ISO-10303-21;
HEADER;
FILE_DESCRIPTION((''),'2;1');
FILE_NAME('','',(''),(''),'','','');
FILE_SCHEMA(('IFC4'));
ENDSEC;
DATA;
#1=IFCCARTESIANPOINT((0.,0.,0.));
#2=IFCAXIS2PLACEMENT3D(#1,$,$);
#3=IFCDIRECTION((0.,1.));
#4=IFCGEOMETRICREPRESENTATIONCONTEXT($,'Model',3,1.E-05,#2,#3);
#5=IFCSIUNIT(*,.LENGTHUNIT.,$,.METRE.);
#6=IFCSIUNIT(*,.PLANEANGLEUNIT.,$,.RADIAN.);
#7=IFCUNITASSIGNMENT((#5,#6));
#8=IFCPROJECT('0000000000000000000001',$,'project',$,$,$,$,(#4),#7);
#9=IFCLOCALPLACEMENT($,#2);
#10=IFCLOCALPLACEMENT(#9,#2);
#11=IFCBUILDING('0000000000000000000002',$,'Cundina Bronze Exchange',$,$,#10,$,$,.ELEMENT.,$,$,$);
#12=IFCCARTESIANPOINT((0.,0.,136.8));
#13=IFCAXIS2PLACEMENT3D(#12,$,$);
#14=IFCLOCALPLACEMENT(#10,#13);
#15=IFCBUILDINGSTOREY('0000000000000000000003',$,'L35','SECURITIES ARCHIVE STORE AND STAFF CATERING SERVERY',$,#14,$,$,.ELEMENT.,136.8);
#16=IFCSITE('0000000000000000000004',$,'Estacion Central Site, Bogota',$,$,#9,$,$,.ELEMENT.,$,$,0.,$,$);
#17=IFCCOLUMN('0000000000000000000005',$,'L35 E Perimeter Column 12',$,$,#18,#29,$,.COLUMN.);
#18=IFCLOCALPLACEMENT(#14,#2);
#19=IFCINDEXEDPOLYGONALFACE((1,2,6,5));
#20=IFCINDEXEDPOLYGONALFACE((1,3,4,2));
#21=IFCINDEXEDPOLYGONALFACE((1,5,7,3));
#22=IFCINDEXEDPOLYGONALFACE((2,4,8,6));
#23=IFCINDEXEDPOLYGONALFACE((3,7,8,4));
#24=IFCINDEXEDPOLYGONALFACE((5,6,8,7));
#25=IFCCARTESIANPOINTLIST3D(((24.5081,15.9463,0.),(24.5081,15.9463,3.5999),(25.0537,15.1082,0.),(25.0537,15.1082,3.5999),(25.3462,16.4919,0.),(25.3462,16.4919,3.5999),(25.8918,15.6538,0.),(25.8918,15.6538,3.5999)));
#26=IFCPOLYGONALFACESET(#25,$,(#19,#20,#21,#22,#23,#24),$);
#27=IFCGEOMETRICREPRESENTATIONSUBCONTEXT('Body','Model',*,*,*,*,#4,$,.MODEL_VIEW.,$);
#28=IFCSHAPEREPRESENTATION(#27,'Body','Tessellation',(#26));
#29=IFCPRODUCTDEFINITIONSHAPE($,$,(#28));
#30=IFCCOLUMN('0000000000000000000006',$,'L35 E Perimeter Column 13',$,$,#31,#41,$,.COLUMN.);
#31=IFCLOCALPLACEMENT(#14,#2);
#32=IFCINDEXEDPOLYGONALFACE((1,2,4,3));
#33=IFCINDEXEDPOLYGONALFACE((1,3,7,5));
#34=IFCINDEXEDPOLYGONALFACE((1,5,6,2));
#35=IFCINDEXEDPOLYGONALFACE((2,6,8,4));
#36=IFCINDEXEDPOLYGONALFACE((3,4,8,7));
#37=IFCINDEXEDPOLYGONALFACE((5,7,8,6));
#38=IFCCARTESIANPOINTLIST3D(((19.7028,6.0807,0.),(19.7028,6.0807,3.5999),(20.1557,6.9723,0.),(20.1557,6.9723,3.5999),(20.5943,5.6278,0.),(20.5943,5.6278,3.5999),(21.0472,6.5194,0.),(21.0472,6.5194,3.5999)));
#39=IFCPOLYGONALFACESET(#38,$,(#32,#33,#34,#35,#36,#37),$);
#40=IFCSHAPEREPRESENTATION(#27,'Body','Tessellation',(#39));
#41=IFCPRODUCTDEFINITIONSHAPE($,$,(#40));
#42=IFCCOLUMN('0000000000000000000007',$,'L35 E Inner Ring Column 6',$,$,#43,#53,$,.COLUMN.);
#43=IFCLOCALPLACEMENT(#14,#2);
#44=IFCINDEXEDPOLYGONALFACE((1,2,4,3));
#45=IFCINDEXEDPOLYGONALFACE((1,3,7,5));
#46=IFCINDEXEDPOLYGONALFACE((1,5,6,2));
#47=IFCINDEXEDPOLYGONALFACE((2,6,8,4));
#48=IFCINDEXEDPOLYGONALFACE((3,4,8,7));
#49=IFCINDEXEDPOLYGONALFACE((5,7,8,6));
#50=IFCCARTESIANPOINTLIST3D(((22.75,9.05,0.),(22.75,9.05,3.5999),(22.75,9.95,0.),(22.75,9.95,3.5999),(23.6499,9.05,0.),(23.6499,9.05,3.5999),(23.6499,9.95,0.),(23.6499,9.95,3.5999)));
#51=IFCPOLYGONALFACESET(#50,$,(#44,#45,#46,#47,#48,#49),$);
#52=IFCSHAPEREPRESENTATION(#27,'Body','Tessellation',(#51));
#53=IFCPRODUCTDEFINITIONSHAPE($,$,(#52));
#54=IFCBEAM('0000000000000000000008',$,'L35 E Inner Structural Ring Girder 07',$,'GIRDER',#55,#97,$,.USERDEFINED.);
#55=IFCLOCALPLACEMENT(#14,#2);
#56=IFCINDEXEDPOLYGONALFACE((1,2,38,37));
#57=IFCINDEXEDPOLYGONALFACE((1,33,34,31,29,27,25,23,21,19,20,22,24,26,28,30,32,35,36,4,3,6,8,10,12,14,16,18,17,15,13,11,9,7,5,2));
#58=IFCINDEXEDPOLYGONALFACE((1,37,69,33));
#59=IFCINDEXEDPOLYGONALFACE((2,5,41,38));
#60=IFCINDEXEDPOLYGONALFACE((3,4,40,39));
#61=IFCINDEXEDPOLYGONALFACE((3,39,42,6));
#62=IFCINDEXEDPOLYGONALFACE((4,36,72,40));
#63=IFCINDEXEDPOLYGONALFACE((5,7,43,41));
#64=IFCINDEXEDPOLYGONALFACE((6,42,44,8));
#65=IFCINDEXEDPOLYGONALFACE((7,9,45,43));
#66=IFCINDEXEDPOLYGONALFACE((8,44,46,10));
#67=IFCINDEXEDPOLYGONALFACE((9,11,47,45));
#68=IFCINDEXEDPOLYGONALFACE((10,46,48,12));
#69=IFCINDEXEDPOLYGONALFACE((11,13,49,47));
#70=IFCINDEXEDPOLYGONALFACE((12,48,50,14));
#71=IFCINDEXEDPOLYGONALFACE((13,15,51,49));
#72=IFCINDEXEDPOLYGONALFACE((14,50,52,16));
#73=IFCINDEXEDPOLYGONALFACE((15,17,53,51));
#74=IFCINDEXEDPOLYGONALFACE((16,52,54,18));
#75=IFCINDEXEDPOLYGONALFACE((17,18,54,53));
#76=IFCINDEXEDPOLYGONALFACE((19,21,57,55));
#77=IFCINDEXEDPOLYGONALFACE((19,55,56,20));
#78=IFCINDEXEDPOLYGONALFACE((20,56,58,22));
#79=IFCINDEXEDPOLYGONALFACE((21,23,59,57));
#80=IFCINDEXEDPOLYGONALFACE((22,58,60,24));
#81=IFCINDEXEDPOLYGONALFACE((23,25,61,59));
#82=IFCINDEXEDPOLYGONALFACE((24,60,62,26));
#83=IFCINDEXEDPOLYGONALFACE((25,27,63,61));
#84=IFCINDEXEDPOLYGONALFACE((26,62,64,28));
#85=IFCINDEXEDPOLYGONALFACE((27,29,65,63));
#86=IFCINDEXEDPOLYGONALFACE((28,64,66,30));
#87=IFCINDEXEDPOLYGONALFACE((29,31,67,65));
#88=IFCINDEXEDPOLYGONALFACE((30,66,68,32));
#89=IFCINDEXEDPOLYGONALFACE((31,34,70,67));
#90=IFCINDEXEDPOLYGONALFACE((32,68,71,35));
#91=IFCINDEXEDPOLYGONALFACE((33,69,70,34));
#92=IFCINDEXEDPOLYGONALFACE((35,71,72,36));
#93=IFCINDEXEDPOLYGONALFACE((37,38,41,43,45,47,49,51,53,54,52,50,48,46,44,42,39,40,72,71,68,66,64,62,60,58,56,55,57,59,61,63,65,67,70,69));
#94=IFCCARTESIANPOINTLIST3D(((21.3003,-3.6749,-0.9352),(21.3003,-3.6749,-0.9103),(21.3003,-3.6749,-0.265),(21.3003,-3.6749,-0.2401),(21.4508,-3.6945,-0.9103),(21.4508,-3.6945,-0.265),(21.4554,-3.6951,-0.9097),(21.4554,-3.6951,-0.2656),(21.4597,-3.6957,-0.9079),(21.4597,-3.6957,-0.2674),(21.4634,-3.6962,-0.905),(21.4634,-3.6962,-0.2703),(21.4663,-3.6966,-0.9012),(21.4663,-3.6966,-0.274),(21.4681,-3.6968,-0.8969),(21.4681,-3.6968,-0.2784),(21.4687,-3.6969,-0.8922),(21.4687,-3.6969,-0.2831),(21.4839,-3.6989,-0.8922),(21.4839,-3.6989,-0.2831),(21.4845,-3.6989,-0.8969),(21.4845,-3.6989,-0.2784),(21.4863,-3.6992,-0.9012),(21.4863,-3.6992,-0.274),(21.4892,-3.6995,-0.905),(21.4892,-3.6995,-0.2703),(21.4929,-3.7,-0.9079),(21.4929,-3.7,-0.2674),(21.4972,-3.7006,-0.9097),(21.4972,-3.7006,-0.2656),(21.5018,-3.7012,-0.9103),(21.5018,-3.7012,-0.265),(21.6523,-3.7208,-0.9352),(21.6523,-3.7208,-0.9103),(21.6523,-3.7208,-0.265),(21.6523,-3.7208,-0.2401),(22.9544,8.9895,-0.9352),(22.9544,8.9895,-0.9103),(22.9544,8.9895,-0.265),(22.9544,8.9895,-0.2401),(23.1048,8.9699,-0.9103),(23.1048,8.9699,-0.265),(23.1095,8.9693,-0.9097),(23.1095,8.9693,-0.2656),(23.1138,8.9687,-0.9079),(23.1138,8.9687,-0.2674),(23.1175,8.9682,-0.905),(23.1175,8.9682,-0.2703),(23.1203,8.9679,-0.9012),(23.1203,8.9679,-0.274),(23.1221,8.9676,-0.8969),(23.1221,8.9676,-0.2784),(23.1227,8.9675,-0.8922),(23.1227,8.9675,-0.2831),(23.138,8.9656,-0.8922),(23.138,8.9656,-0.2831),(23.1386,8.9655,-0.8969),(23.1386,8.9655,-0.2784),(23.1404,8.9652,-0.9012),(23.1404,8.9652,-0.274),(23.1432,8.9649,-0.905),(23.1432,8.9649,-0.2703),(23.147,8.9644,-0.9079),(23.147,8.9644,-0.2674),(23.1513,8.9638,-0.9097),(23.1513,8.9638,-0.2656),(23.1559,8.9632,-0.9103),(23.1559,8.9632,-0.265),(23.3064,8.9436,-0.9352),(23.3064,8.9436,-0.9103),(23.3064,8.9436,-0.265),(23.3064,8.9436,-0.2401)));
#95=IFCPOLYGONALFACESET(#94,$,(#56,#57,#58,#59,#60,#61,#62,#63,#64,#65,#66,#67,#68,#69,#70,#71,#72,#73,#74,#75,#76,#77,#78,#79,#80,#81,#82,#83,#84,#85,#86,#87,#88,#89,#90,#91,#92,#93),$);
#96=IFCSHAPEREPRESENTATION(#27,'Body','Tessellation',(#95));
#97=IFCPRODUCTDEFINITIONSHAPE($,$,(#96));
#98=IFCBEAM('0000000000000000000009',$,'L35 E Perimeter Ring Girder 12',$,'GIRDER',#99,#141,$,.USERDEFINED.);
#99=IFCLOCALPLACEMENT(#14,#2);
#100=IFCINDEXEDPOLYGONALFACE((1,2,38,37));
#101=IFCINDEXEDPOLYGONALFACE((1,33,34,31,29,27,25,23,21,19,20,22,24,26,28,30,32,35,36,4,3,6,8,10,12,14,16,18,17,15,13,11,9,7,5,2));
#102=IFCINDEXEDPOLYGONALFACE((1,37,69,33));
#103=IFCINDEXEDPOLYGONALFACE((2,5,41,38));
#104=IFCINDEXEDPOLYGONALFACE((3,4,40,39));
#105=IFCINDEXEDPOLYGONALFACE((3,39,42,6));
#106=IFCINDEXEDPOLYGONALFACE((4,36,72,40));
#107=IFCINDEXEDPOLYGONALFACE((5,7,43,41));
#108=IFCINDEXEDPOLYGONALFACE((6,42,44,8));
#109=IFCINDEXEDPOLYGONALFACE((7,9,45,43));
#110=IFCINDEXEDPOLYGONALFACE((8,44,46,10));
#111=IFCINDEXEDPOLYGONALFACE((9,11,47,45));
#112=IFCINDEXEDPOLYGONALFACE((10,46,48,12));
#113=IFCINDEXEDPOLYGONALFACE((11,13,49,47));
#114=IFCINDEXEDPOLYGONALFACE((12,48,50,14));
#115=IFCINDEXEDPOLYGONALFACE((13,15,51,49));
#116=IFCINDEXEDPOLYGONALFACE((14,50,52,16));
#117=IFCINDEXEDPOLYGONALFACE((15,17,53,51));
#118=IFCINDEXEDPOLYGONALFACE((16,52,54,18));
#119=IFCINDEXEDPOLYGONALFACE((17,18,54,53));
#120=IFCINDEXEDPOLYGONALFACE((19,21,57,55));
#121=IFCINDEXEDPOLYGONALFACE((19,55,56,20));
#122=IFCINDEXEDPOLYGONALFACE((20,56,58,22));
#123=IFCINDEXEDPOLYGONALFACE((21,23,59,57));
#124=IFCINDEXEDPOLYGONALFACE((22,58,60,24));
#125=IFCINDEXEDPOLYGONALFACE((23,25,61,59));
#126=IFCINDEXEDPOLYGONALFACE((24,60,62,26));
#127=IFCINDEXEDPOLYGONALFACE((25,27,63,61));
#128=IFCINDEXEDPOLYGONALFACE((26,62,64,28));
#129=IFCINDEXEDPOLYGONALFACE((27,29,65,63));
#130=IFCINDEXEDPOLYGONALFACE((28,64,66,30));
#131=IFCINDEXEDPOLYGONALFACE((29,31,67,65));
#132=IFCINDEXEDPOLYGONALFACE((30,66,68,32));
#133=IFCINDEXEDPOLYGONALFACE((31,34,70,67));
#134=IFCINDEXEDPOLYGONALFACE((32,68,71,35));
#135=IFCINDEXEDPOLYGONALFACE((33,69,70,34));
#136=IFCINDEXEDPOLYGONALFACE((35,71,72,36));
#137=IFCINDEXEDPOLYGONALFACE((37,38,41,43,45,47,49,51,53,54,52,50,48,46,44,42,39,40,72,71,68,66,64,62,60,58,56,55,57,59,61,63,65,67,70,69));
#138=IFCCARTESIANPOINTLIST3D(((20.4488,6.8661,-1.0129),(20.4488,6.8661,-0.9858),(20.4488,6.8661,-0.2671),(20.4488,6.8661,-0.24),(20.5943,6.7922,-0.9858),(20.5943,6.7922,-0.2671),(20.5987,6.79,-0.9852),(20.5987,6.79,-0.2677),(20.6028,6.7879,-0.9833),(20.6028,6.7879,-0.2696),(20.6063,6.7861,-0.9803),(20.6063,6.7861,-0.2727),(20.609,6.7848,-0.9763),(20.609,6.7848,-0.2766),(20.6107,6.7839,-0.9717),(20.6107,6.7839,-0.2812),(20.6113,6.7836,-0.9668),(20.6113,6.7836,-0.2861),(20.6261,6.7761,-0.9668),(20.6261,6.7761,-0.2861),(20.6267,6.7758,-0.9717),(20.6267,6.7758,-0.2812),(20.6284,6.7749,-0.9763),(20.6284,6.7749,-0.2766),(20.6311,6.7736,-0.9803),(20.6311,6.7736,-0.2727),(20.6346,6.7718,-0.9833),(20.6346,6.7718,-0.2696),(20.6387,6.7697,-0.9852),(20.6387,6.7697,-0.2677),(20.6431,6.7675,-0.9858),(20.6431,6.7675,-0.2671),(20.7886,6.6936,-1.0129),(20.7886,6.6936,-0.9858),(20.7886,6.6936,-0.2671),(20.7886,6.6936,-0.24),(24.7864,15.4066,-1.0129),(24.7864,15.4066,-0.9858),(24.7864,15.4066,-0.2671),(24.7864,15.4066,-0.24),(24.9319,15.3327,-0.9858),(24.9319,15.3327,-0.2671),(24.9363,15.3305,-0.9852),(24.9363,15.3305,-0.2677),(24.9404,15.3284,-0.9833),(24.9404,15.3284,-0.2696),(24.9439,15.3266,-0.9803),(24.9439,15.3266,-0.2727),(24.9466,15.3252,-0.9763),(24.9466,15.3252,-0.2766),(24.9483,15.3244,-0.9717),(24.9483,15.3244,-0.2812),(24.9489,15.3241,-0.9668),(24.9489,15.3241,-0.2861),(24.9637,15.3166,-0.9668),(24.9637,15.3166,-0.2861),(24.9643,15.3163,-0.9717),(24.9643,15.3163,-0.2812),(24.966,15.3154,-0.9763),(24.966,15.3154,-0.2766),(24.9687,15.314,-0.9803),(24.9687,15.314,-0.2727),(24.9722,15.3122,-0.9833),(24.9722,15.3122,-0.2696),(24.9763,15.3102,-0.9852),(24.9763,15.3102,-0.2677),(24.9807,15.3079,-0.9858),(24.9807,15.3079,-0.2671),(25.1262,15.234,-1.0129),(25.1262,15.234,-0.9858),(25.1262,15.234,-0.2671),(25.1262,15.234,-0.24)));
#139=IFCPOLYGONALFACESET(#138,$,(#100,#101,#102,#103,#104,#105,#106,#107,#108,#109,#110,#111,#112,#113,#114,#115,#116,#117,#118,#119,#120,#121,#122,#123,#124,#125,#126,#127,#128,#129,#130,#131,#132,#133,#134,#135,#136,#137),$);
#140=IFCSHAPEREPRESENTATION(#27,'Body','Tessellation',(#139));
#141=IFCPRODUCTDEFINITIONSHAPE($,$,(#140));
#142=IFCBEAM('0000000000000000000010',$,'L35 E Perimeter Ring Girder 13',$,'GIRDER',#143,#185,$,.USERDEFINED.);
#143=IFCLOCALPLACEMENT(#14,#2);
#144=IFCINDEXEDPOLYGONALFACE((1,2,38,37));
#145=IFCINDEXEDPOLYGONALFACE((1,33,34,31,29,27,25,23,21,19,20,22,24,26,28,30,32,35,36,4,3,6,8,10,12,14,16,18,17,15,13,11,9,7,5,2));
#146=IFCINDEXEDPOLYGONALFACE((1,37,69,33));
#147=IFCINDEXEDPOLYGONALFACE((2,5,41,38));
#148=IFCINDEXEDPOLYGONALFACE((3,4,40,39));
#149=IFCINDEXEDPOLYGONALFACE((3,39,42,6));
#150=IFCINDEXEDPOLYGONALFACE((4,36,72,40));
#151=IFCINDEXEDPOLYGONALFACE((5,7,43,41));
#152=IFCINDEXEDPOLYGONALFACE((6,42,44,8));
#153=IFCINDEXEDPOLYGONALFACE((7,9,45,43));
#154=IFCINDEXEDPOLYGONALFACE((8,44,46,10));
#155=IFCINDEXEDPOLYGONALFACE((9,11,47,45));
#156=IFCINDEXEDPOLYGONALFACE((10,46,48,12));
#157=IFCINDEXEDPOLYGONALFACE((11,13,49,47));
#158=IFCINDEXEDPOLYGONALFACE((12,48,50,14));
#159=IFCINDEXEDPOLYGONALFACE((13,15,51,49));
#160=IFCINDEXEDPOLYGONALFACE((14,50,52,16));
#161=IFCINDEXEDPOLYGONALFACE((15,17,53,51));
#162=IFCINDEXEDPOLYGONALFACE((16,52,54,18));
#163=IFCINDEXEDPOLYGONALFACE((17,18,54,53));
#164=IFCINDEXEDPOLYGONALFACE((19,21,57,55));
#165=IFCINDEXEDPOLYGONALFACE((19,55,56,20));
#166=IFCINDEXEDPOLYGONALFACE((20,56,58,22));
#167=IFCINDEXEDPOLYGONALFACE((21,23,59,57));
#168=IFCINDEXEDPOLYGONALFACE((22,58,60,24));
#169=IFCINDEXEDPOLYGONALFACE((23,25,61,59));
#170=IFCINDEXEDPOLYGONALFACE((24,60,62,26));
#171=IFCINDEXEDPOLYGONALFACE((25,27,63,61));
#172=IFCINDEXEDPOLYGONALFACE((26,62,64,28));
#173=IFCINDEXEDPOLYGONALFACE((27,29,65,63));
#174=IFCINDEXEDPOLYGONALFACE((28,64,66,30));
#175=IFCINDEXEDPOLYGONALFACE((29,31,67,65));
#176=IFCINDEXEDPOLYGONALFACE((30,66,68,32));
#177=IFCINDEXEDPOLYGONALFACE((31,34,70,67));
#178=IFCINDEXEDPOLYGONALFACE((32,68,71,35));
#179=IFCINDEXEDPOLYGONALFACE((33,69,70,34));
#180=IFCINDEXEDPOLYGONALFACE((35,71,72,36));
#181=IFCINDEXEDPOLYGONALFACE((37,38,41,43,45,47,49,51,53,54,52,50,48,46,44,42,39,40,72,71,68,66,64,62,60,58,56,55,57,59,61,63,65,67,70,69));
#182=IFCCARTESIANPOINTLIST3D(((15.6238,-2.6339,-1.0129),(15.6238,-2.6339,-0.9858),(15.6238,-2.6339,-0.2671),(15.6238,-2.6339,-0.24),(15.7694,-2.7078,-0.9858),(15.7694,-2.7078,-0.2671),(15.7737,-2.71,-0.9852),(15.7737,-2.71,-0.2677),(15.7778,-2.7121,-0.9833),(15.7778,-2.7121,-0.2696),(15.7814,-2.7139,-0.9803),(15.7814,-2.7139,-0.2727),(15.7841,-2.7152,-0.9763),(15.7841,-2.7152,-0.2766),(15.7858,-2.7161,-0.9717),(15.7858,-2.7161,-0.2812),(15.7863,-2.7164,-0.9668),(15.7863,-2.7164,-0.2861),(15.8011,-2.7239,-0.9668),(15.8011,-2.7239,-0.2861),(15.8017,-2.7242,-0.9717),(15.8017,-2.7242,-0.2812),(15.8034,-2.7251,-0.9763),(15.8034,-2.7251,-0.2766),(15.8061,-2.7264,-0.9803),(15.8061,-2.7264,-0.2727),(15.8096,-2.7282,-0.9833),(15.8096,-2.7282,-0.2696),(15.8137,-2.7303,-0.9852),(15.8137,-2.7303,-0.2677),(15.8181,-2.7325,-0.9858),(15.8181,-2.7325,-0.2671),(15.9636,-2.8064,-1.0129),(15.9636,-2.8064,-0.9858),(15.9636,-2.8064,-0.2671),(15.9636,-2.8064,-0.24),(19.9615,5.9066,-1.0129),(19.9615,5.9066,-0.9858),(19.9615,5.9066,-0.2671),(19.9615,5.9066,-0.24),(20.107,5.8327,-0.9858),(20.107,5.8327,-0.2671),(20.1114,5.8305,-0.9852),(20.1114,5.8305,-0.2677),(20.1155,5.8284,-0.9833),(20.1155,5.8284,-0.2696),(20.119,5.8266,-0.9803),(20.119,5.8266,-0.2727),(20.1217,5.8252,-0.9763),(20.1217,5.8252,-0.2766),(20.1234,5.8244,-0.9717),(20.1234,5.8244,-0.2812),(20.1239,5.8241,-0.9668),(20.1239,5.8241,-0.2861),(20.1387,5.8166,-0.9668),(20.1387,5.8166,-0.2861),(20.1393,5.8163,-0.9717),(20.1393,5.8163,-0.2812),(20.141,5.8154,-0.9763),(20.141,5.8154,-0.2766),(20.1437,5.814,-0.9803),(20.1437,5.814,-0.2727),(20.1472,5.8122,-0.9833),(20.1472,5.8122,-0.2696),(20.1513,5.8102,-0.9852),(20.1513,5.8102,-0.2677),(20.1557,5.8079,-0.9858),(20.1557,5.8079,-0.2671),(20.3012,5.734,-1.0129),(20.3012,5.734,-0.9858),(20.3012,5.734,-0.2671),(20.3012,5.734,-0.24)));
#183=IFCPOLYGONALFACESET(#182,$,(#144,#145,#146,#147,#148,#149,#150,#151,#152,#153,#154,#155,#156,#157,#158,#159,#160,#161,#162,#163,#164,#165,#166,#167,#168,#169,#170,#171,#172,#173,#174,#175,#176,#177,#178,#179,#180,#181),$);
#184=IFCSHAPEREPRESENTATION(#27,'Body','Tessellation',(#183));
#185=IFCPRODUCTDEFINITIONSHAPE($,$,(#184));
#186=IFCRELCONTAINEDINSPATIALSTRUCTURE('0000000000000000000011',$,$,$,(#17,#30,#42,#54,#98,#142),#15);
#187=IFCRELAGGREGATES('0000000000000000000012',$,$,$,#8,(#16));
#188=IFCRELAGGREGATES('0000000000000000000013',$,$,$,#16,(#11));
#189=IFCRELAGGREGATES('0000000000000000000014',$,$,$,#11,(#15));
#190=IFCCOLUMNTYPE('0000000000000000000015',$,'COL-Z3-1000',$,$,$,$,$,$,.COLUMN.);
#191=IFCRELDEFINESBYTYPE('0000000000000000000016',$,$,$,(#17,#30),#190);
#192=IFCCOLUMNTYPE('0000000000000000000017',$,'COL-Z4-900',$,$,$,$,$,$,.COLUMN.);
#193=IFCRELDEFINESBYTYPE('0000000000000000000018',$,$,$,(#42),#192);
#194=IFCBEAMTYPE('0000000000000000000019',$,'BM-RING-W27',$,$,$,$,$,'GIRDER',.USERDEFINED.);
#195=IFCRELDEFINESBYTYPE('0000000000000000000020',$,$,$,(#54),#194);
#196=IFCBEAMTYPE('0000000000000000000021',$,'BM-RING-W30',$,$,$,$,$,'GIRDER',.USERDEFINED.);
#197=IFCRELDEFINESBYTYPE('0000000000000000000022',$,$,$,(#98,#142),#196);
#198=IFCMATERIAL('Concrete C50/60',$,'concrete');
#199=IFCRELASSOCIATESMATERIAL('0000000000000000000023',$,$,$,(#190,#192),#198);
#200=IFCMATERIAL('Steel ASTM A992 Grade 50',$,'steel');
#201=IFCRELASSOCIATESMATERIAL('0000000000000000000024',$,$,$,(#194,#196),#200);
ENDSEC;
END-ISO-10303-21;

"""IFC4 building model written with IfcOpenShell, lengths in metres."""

from ifc_helpers import new_model, si_unit, direction, frame, origin, origin_2d, place, context, subcontext, project, spatial, rectangle, i_section, extrude, material, material_profile, profile_set, type_object, element, save


model = new_model("IFC4")

# Units and contexts
model_context = context("Model", 3, precision=1e-05, world=origin(), true_north=direction((0.0, 1.0)))
body_context = subcontext(model_context, "Body", "Model", "MODEL_VIEW")
ifc_project = project(units=[si_unit("LENGTHUNIT", "METRE"), si_unit("PLANEANGLEUNIT", "RADIAN")], contexts=[model_context])

# Site, building, storey
site_placement = place(None, origin())
site = spatial("IfcSite", under=ifc_project, at=site_placement, Name="Estacion Central Site, Bogota", CompositionType="ELEMENT", RefElevation=0.0)
building_placement = place(site_placement, origin())
building = spatial("IfcBuilding", under=site, at=building_placement, Name="Cundina Bronze Exchange", CompositionType="ELEMENT")
storey_placement = place(building_placement, frame((0.0, 0.0, 136.8)))
storey = spatial("IfcBuildingStorey", under=building, at=storey_placement, Name="L35", Description="SECURITIES ARCHIVE STORE AND STAFF CATERING SERVERY", CompositionType="ELEMENT", Elevation=136.8)

# Columns
ifc_material_1 = material(Name="Concrete C50/60", Category="concrete")
ifc_material_profile_1 = material_profile(ifc_material_1, rectangle(XDim=1.0, YDim=1.0, at=origin_2d()), Name="RC1000X1000", Category="concrete")
ifc_profile_set_1 = profile_set([ifc_material_profile_1], Name="Concrete C50/60")
column_type_1 = type_object("IfcColumnType", Name="COL-Z3-1000", PredefinedType="COLUMN", material=ifc_profile_set_1)
for number, where, z_axis, x_axis, name in (
    (1, (25.2, 15.8, 0.0), (0.0, 0.0, 1.0), (-0.8381, -0.545517, 0.0), "L35 E Perimeter Column 12"),
    (2, (20.375, 6.3, 0.0), (0.0, 0.0, 1.0), (-0.452902, -0.891561, 0.0), "L35 E Perimeter Column 13"),
):
    element("IfcColumn", number, at=place(storey_placement, frame(where, z_axis=z_axis, x_axis=x_axis)), inside=storey, type_object=column_type_1, Name=name, PredefinedType="COLUMN", context=body_context, shape_type="SweptSolid", body=[
        extrude(rectangle(XDim=1.0, YDim=1.0, at=origin_2d()), origin(), (0.0, 0.0, 1.0), 3.5999),
    ])
ifc_material_profile_2 = material_profile(ifc_material_1, rectangle(XDim=0.8999, YDim=0.8999, at=origin_2d()), Name="RC900X900", Category="concrete")
ifc_profile_set_2 = profile_set([ifc_material_profile_2], Name="Concrete C50/60")
column_type_2 = type_object("IfcColumnType", Name="COL-Z4-900", PredefinedType="COLUMN", material=ifc_profile_set_2)
column_placement = place(storey_placement, frame((23.2, 9.5, 0.0), z_axis=(0.0, 0.0, 1.0), x_axis=(1.0, 0.0, 0.0)))
element("IfcColumn", 3, at=column_placement, inside=storey, type_object=column_type_2, Name="L35 E Inner Ring Column 6", PredefinedType="COLUMN", context=body_context, shape_type="SweptSolid", body=[
    extrude(rectangle(XDim=0.8999, YDim=0.8999, at=origin_2d()), origin(), (0.0, 0.0, 1.0), 3.5999),
])

# Beams
ifc_material_2 = material(Name="Steel ASTM A992 Grade 50", Category="steel")
ifc_material_profile_3 = material_profile(ifc_material_2, i_section(OverallWidth=0.355, OverallDepth=0.6951, WebThickness=0.0154, FlangeThickness=0.0249, FilletRadius=0.0181, at=origin_2d()), Name="W27X146", Category="steel")
ifc_profile_set_3 = profile_set([ifc_material_profile_3], Name="Steel ASTM A992 Grade 50")
beam_type_1 = type_object("IfcBeamType", Name="BM-RING-W27", ElementType="GIRDER", PredefinedType="USERDEFINED", material=ifc_profile_set_3)
beam_placement = place(storey_placement, frame((23.1304, 8.9666, -0.5876), z_axis=(-0.129508, -0.991578, 0.0), x_axis=(0.991578, -0.129508, 0.0)))
element("IfcBeam", 4, at=beam_placement, inside=storey, type_object=beam_type_1, Name="L35 E Inner Structural Ring Girder 07", ObjectType="GIRDER", PredefinedType="USERDEFINED", context=body_context, shape_type="SweptSolid", body=[
    extrude(i_section(OverallWidth=0.355, OverallDepth=0.6951, WebThickness=0.0154, FlangeThickness=0.0249, FilletRadius=0.0181, at=origin_2d()), origin(), (0.0, 0.0, 1.0), 12.772),
])
ifc_material_profile_4 = material_profile(ifc_material_2, i_section(OverallWidth=0.3811, OverallDepth=0.7729, WebThickness=0.0166, FlangeThickness=0.0271, FilletRadius=0.019, at=origin_2d()), Name="W30X173", Category="steel")
ifc_profile_set_4 = profile_set([ifc_material_profile_4], Name="Steel ASTM A992 Grade 50")
beam_type_2 = type_object("IfcBeamType", Name="BM-RING-W30", ElementType="GIRDER", PredefinedType="USERDEFINED", material=ifc_profile_set_4)
for number, where, z_axis, x_axis, name in (
    (5, (24.9563, 15.3203, -0.6265), (-0.452832, -0.891596, 0.0), (0.891596, -0.452832, 0.0), "L35 E Perimeter Ring Girder 12"),
    (6, (20.1313, 5.8203, -0.6265), (-0.452832, -0.891596, 0.0), (0.891596, -0.452832, 0.0), "L35 E Perimeter Ring Girder 13"),
):
    element("IfcBeam", number, at=place(storey_placement, frame(where, z_axis=z_axis, x_axis=x_axis)), inside=storey, type_object=beam_type_2, Name=name, ObjectType="GIRDER", PredefinedType="USERDEFINED", context=body_context, shape_type="SweptSolid", body=[
        extrude(i_section(OverallWidth=0.3811, OverallDepth=0.7729, WebThickness=0.0166, FlangeThickness=0.0271, FilletRadius=0.019, at=origin_2d()), origin(), (0.0, 0.0, 1.0), 9.5789),
    ])

save(model, "model.ifc")
